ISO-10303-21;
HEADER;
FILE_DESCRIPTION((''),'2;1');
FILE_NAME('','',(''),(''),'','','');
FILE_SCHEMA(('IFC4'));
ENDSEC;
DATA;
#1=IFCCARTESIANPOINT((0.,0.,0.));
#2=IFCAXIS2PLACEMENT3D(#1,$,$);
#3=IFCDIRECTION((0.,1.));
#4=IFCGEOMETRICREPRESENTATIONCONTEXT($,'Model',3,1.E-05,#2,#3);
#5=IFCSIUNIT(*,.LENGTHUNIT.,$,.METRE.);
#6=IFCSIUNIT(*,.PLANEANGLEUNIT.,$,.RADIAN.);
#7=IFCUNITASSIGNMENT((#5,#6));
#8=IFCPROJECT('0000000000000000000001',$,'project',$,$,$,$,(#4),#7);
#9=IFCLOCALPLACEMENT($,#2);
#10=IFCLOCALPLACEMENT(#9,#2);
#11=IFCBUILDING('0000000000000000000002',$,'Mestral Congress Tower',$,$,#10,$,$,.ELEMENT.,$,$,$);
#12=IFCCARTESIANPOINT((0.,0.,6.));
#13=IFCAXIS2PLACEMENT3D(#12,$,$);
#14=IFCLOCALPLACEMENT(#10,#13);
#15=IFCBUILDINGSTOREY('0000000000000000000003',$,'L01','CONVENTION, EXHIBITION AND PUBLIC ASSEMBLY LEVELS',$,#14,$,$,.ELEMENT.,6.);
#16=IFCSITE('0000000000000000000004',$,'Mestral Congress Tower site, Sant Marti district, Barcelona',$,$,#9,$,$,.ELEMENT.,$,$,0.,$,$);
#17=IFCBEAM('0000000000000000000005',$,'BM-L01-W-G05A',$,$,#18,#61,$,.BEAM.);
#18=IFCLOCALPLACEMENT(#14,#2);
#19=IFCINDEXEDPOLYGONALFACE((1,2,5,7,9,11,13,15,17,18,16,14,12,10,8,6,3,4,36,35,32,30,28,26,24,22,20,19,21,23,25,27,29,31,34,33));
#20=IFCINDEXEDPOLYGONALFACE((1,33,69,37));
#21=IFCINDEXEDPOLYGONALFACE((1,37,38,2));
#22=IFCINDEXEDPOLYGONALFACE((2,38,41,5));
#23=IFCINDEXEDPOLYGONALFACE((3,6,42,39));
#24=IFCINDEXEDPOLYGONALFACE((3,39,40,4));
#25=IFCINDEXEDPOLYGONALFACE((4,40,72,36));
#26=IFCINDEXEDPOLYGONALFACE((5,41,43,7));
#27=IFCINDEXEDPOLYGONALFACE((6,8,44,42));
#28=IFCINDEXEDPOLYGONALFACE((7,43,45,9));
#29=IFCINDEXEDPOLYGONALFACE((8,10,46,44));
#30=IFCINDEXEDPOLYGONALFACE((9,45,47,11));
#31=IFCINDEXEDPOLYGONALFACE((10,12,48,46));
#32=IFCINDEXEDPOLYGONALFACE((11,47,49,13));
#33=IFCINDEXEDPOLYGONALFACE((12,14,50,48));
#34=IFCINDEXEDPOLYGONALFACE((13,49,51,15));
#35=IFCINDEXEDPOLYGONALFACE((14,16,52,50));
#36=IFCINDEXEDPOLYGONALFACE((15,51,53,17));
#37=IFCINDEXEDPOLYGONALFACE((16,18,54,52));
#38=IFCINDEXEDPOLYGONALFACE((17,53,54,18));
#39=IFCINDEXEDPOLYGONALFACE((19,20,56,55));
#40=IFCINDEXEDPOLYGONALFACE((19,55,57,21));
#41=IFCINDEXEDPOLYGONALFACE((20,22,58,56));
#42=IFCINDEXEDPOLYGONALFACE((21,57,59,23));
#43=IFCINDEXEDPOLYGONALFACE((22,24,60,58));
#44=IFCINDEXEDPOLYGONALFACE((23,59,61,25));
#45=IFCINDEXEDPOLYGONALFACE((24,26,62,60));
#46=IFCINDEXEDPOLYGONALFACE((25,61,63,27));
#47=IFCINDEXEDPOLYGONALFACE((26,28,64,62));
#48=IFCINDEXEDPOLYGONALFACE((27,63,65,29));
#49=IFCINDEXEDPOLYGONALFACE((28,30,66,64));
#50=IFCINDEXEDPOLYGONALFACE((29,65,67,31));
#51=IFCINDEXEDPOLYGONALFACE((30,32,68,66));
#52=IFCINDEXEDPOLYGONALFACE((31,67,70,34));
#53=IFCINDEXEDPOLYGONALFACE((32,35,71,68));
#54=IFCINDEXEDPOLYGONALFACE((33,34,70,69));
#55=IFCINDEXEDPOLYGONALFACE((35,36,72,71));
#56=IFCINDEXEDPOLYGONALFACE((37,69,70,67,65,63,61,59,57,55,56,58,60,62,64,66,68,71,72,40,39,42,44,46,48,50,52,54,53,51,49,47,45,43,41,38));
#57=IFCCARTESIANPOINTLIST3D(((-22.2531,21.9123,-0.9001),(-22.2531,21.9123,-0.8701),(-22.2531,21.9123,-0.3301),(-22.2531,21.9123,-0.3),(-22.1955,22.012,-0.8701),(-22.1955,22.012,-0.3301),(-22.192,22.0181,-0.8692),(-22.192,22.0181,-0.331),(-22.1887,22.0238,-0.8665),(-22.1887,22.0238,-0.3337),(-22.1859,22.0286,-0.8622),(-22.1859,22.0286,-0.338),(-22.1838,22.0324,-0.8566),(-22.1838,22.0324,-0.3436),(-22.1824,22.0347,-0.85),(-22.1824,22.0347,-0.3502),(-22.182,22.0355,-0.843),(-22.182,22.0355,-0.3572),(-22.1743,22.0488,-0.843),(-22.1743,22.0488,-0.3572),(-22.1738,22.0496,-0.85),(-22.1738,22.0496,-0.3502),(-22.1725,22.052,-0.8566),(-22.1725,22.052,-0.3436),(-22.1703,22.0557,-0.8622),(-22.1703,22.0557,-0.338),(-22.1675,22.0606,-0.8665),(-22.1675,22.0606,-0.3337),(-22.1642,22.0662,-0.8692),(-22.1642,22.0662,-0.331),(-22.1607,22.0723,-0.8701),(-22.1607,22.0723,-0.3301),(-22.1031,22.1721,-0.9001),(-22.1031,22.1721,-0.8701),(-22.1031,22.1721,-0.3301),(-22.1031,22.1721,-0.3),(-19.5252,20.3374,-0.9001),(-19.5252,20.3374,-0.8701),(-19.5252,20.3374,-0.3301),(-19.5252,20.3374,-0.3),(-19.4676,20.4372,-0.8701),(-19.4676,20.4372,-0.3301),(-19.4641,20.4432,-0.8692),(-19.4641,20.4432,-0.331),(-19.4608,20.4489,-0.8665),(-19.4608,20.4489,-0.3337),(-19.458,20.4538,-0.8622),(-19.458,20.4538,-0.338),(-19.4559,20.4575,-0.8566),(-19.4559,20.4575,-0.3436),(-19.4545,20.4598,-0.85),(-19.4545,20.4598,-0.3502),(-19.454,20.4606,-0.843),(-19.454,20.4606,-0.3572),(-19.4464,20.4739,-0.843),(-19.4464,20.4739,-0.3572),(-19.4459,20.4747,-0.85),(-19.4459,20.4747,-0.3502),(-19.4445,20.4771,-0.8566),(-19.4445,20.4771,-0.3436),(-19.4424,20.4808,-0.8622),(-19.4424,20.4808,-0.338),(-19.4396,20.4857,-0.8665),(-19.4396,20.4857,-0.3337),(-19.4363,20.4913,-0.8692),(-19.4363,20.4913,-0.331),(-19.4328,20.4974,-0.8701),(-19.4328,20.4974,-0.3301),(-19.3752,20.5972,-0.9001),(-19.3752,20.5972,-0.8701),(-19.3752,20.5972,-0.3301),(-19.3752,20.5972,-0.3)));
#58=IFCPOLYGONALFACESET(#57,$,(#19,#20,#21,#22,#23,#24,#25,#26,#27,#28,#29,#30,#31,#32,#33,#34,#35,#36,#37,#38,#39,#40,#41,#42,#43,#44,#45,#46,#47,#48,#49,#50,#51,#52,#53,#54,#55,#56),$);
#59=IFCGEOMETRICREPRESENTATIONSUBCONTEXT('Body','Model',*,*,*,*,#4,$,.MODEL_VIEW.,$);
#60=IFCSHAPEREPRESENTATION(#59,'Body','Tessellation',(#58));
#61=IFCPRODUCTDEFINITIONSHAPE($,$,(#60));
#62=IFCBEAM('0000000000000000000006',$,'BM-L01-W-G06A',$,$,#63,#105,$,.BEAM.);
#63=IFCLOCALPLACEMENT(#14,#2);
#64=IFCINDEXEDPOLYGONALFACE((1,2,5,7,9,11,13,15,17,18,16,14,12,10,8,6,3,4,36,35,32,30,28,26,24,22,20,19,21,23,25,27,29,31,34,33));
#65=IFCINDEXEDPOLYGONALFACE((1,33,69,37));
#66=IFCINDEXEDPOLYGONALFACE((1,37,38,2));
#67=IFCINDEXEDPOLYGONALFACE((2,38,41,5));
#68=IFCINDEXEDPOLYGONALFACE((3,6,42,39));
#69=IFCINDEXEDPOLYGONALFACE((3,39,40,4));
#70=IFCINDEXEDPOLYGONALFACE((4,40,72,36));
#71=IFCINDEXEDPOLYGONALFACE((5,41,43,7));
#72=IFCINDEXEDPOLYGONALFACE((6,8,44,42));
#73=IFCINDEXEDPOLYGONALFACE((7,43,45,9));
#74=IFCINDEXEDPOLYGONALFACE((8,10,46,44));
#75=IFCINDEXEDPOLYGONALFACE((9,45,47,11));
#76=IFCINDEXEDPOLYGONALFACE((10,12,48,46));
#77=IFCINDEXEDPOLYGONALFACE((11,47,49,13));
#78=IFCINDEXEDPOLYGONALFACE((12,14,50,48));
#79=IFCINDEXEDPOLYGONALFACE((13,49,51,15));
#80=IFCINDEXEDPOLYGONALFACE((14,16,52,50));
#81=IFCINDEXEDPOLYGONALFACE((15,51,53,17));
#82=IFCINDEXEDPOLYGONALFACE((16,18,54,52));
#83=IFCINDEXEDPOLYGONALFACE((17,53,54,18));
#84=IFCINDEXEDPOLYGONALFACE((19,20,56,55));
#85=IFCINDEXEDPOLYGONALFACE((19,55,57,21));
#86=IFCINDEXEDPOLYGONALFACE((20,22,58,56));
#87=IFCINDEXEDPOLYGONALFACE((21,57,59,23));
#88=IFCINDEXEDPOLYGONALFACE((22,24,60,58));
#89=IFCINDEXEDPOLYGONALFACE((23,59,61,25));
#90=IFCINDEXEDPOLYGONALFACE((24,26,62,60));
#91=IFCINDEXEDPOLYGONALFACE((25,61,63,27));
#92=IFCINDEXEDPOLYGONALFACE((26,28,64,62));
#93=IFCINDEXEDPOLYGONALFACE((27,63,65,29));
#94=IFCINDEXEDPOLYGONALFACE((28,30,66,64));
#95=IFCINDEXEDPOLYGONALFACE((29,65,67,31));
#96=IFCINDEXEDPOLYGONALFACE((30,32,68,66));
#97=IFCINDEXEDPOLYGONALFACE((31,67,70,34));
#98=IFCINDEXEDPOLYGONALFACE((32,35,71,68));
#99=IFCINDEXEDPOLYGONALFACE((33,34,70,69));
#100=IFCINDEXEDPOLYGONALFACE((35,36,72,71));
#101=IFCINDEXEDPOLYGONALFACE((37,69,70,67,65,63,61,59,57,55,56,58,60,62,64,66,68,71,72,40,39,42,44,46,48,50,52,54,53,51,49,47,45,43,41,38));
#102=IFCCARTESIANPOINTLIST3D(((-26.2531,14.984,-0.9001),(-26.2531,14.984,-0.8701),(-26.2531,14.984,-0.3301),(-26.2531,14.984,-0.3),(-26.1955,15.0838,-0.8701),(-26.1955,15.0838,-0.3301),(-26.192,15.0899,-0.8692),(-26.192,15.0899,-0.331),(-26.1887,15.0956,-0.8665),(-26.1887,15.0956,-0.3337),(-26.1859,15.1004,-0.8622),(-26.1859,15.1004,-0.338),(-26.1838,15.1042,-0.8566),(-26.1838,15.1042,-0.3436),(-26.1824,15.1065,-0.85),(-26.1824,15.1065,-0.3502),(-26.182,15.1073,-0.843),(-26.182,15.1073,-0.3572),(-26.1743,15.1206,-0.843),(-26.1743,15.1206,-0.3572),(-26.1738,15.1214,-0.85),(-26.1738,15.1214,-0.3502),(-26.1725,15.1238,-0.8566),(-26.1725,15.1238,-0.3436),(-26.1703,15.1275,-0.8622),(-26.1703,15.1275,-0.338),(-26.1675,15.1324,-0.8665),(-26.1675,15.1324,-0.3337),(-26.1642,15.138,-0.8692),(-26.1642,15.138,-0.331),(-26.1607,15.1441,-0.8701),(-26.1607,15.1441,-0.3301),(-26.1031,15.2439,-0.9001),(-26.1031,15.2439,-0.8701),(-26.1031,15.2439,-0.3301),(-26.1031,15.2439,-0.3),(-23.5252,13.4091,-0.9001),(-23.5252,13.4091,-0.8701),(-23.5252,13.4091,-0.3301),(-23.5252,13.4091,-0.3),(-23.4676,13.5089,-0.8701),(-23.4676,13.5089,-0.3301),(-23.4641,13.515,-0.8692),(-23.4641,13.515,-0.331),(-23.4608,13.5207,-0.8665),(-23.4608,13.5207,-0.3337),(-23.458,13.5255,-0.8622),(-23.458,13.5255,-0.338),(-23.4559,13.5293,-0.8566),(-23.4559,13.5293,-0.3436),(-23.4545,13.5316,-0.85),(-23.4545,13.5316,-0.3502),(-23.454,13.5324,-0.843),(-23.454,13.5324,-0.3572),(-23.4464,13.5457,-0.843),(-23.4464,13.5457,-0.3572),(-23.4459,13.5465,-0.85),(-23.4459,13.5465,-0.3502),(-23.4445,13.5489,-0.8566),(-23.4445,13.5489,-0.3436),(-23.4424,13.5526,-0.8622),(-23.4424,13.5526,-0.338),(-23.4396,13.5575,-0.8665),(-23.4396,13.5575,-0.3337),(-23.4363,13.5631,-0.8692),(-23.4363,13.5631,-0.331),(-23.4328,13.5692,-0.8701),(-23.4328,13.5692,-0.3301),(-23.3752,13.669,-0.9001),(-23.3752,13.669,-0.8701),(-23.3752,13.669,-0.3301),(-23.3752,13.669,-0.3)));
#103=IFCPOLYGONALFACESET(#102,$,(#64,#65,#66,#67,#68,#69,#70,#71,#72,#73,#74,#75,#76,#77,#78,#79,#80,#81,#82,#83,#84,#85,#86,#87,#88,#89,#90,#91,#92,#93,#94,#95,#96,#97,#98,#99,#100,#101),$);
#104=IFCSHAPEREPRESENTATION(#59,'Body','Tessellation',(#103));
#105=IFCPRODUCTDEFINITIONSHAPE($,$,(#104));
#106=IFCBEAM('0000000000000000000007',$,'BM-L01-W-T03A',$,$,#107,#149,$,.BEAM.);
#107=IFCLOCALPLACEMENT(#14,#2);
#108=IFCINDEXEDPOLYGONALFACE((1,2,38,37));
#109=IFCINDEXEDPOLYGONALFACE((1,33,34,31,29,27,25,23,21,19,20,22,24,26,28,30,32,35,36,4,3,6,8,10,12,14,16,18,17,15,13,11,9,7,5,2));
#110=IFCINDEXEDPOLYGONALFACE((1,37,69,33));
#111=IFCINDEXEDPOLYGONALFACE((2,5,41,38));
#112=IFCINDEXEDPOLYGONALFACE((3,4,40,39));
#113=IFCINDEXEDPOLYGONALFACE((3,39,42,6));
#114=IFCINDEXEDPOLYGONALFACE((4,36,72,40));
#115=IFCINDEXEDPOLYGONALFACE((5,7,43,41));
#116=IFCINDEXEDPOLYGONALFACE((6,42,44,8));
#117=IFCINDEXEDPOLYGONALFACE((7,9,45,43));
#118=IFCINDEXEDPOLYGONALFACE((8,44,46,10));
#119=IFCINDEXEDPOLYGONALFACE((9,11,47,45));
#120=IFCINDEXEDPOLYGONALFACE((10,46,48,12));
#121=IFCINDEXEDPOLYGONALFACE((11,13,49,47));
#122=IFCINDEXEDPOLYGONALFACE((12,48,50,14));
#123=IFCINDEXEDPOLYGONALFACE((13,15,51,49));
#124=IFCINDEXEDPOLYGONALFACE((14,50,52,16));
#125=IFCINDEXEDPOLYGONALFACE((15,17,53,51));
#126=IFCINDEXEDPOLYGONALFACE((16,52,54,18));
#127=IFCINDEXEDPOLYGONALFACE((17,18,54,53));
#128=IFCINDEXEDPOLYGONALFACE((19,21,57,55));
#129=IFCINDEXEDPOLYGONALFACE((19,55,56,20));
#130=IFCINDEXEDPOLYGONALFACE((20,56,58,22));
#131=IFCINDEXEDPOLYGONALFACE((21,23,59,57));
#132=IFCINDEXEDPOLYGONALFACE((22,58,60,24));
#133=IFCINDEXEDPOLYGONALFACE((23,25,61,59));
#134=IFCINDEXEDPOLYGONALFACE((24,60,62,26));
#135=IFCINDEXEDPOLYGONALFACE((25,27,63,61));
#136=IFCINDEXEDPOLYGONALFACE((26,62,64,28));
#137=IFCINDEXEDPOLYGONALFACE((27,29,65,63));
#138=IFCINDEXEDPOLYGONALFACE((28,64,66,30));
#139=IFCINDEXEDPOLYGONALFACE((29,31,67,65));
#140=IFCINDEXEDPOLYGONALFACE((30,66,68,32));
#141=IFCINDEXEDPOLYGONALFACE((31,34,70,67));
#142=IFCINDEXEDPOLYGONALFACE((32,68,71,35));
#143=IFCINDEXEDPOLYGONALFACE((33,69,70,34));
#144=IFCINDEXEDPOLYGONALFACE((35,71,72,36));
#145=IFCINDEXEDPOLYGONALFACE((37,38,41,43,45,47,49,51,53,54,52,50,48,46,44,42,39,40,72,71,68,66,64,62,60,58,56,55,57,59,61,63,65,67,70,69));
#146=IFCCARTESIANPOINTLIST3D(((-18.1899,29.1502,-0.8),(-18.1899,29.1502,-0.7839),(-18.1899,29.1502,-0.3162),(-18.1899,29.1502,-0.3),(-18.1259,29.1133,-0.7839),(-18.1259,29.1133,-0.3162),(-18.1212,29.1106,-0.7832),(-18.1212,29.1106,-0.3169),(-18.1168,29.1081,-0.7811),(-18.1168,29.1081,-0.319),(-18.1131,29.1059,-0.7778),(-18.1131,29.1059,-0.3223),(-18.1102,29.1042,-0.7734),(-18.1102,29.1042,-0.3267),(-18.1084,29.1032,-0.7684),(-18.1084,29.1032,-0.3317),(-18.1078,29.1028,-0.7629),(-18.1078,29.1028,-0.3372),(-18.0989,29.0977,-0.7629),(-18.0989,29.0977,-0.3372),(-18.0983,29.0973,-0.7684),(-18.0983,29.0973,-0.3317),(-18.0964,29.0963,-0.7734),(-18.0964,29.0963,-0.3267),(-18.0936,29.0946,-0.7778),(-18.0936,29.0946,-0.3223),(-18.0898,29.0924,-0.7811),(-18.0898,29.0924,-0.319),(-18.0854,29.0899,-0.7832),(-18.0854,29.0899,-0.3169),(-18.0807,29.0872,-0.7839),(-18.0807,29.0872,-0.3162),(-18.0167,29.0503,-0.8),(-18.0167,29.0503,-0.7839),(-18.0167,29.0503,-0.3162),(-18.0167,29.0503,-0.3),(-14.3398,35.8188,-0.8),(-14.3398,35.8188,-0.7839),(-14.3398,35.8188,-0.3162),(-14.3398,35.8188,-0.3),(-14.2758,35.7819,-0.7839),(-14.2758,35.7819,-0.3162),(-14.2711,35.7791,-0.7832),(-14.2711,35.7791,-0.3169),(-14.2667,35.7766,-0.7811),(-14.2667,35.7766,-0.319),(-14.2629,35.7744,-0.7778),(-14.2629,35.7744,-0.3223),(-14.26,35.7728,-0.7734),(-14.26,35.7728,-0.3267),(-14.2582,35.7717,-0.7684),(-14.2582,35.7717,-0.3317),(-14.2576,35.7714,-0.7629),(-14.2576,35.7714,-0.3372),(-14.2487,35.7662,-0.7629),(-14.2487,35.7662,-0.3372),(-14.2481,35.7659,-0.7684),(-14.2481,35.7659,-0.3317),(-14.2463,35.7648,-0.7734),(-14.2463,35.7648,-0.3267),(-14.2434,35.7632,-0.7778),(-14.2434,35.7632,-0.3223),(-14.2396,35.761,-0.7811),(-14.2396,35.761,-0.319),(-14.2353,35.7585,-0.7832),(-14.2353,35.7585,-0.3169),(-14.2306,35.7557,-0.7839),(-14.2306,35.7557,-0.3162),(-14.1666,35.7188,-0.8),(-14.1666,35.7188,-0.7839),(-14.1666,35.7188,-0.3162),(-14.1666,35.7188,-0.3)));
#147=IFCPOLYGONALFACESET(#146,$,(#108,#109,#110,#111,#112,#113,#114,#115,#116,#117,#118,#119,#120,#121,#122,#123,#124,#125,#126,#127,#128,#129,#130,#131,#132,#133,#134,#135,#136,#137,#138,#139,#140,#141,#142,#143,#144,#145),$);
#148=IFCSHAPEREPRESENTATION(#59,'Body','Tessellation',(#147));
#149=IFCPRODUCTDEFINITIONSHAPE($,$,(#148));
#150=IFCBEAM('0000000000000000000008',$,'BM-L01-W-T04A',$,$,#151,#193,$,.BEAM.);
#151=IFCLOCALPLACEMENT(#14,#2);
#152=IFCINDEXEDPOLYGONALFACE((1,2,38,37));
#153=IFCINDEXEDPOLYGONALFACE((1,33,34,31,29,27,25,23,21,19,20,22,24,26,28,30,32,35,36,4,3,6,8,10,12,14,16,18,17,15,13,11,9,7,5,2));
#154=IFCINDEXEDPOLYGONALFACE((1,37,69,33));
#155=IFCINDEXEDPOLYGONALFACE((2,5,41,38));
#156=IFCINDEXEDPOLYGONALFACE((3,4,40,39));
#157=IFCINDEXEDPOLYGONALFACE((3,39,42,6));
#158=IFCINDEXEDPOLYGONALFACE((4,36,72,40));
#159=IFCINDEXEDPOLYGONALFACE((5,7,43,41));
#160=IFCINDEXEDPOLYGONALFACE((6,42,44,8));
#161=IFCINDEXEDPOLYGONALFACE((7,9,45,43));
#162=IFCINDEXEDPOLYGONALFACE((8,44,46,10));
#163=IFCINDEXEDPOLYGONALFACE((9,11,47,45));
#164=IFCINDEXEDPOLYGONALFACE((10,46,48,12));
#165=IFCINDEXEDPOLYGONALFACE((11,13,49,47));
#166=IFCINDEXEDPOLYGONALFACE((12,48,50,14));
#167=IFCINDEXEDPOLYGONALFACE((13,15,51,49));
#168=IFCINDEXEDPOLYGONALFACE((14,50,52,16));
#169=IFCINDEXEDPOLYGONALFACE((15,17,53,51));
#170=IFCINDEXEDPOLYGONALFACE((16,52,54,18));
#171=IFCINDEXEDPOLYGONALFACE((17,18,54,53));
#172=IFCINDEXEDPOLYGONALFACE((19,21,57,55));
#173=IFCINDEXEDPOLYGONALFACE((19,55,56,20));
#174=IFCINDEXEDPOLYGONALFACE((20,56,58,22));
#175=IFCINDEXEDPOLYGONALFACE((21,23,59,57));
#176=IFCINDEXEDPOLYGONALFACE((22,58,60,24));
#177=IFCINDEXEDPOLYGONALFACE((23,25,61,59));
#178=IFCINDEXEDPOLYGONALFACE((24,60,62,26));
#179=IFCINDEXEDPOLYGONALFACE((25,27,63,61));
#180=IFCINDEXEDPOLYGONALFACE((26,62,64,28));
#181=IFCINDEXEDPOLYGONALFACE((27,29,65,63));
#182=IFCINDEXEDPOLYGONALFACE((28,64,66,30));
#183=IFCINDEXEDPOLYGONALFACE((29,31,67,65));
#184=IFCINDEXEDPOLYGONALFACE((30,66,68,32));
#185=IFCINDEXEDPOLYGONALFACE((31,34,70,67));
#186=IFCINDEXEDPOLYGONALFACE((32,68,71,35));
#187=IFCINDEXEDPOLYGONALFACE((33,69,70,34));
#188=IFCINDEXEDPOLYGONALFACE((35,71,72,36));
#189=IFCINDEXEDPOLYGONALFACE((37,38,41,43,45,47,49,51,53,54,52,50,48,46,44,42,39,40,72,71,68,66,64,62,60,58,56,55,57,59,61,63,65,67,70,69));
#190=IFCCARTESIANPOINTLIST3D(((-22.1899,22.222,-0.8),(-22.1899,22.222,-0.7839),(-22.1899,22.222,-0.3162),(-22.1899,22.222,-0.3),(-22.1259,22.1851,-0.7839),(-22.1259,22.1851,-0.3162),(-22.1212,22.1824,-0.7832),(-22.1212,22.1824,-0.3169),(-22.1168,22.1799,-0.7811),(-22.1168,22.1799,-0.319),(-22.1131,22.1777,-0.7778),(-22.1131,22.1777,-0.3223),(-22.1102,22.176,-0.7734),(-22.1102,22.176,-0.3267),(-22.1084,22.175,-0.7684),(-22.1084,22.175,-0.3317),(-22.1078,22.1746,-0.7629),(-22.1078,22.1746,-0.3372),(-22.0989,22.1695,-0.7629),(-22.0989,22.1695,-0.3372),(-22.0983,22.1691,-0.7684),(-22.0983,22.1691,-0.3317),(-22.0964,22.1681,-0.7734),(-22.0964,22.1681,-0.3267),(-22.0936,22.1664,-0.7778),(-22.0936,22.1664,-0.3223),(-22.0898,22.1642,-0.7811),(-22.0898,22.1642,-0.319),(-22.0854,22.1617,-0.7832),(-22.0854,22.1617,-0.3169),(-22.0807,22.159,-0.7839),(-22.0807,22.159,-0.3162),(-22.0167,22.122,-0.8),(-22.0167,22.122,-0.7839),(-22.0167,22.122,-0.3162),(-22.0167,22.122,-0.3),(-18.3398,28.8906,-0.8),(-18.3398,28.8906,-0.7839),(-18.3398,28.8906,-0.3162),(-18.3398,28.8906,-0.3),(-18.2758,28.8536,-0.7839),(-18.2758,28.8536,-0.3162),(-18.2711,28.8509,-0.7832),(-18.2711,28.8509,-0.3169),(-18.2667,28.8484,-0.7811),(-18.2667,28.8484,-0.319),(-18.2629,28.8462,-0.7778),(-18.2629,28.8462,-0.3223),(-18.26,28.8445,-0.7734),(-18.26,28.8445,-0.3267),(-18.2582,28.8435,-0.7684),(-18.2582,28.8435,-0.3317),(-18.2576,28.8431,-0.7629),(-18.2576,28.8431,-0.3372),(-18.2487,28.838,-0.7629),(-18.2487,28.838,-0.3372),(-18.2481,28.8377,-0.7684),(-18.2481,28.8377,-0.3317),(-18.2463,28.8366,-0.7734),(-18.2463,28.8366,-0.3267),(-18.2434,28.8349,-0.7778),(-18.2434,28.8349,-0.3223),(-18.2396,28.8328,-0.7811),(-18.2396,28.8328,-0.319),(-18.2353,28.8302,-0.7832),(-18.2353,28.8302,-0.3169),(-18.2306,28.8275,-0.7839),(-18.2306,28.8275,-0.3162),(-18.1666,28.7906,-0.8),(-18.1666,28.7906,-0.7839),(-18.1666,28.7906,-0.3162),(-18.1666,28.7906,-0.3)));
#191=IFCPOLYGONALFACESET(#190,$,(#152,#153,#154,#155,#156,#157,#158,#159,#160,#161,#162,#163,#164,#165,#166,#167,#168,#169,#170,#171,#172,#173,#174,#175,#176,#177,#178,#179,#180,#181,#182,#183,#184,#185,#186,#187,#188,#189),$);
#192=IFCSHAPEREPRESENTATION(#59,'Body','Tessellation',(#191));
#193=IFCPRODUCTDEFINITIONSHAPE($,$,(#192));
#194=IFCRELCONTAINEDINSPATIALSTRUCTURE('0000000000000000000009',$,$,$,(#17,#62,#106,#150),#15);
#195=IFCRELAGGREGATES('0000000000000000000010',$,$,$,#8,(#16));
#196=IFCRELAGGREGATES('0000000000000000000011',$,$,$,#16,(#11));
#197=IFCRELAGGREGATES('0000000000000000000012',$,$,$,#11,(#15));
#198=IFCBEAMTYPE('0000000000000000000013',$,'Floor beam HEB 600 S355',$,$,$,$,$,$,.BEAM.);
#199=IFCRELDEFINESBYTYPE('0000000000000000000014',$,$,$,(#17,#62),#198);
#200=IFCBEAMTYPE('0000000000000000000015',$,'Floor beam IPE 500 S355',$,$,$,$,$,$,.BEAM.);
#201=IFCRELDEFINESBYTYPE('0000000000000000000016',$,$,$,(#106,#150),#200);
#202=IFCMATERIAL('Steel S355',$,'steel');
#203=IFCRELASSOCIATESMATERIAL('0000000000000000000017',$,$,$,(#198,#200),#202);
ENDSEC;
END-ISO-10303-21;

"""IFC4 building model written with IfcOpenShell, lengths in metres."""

from ifc_helpers import new_model, si_unit, direction, frame, origin, origin_2d, place, context, subcontext, project, spatial, i_section, extrude, material, material_profile, profile_set, type_object, element, save


model = new_model("IFC4")

# Units and contexts
model_context = context("Model", 3, precision=1e-05, world=origin(), true_north=direction((0.0, 1.0)))
body_context = subcontext(model_context, "Body", "Model", "MODEL_VIEW")
ifc_project = project(units=[si_unit("LENGTHUNIT", "METRE"), si_unit("PLANEANGLEUNIT", "RADIAN")], contexts=[model_context])

# Site, building, storey
site_placement = place(None, origin())
site = spatial("IfcSite", under=ifc_project, at=site_placement, Name="Mestral Congress Tower site, Sant Marti district, Barcelona", CompositionType="ELEMENT", RefElevation=0.0)
building_placement = place(site_placement, origin())
building = spatial("IfcBuilding", under=site, at=building_placement, Name="Mestral Congress Tower", CompositionType="ELEMENT")
storey_placement = place(building_placement, frame((0.0, 0.0, 6.0)))
storey = spatial("IfcBuildingStorey", under=building, at=storey_placement, Name="L01", Description="CONVENTION, EXHIBITION AND PUBLIC ASSEMBLY LEVELS", CompositionType="ELEMENT", Elevation=6.0)

# Beams
ifc_material_1 = material(Name="Steel S355", Category="steel")
ifc_material_profile_1 = material_profile(ifc_material_1, i_section(OverallWidth=0.3, OverallDepth=0.6001, WebThickness=0.0154, FlangeThickness=0.03, FilletRadius=0.0271, at=origin_2d()), Name="HEB 600")
ifc_profile_set_1 = profile_set([ifc_material_profile_1], Name="Steel S355")
beam_type_1 = type_object("IfcBeamType", Name="Floor beam HEB 600 S355", PredefinedType="BEAM", material=ifc_profile_set_1)
for number, where, z_axis, x_axis, name in (
    (1, (-19.4502, 20.4673, -0.6001), (-0.866036, 0.499982, 0.0), (-0.499982, -0.866036, 0.0), "BM-L01-W-G05A"),
    (2, (-23.4502, 13.5391, -0.6001), (-0.866036, 0.499982, 0.0), (-0.499982, -0.866036, 0.0), "BM-L01-W-G06A"),
):
    element("IfcBeam", number, at=place(storey_placement, frame(where, z_axis=z_axis, x_axis=x_axis)), inside=storey, type_object=beam_type_1, Name=name, PredefinedType="BEAM", context=body_context, shape_type="SweptSolid", body=[
        extrude(i_section(OverallWidth=0.3, OverallDepth=0.6001, WebThickness=0.0154, FlangeThickness=0.03, FilletRadius=0.0271, at=origin_2d()), origin(), (0.0, 0.0, 1.0), 3.1499),
    ])
ifc_material_profile_2 = material_profile(ifc_material_1, i_section(OverallWidth=0.2, OverallDepth=0.5, WebThickness=0.0103, FlangeThickness=0.0161, FilletRadius=0.021, at=origin_2d()), Name="IPE 500")
ifc_profile_set_2 = profile_set([ifc_material_profile_2], Name="Steel S355")
beam_type_2 = type_object("IfcBeamType", Name="Floor beam IPE 500 S355", PredefinedType="BEAM", material=ifc_profile_set_2)
for number, where, z_axis, x_axis, name in (
    (3, (-14.2532, 35.7688, -0.55), (-0.500006, -0.866022, 0.0), (0.866022, -0.500006, 0.0), "BM-L01-W-T03A"),
    (4, (-18.2532, 28.8406, -0.55), (-0.500006, -0.866022, 0.0), (0.866022, -0.500006, 0.0), "BM-L01-W-T04A"),
):
    element("IfcBeam", number, at=place(storey_placement, frame(where, z_axis=z_axis, x_axis=x_axis)), inside=storey, type_object=beam_type_2, Name=name, PredefinedType="BEAM", context=body_context, shape_type="SweptSolid", body=[
        extrude(i_section(OverallWidth=0.2, OverallDepth=0.5, WebThickness=0.0103, FlangeThickness=0.0161, FilletRadius=0.021, at=origin_2d()), origin(), (0.0, 0.0, 1.0), 7.7002),
    ])

save(model, "model.ifc")
